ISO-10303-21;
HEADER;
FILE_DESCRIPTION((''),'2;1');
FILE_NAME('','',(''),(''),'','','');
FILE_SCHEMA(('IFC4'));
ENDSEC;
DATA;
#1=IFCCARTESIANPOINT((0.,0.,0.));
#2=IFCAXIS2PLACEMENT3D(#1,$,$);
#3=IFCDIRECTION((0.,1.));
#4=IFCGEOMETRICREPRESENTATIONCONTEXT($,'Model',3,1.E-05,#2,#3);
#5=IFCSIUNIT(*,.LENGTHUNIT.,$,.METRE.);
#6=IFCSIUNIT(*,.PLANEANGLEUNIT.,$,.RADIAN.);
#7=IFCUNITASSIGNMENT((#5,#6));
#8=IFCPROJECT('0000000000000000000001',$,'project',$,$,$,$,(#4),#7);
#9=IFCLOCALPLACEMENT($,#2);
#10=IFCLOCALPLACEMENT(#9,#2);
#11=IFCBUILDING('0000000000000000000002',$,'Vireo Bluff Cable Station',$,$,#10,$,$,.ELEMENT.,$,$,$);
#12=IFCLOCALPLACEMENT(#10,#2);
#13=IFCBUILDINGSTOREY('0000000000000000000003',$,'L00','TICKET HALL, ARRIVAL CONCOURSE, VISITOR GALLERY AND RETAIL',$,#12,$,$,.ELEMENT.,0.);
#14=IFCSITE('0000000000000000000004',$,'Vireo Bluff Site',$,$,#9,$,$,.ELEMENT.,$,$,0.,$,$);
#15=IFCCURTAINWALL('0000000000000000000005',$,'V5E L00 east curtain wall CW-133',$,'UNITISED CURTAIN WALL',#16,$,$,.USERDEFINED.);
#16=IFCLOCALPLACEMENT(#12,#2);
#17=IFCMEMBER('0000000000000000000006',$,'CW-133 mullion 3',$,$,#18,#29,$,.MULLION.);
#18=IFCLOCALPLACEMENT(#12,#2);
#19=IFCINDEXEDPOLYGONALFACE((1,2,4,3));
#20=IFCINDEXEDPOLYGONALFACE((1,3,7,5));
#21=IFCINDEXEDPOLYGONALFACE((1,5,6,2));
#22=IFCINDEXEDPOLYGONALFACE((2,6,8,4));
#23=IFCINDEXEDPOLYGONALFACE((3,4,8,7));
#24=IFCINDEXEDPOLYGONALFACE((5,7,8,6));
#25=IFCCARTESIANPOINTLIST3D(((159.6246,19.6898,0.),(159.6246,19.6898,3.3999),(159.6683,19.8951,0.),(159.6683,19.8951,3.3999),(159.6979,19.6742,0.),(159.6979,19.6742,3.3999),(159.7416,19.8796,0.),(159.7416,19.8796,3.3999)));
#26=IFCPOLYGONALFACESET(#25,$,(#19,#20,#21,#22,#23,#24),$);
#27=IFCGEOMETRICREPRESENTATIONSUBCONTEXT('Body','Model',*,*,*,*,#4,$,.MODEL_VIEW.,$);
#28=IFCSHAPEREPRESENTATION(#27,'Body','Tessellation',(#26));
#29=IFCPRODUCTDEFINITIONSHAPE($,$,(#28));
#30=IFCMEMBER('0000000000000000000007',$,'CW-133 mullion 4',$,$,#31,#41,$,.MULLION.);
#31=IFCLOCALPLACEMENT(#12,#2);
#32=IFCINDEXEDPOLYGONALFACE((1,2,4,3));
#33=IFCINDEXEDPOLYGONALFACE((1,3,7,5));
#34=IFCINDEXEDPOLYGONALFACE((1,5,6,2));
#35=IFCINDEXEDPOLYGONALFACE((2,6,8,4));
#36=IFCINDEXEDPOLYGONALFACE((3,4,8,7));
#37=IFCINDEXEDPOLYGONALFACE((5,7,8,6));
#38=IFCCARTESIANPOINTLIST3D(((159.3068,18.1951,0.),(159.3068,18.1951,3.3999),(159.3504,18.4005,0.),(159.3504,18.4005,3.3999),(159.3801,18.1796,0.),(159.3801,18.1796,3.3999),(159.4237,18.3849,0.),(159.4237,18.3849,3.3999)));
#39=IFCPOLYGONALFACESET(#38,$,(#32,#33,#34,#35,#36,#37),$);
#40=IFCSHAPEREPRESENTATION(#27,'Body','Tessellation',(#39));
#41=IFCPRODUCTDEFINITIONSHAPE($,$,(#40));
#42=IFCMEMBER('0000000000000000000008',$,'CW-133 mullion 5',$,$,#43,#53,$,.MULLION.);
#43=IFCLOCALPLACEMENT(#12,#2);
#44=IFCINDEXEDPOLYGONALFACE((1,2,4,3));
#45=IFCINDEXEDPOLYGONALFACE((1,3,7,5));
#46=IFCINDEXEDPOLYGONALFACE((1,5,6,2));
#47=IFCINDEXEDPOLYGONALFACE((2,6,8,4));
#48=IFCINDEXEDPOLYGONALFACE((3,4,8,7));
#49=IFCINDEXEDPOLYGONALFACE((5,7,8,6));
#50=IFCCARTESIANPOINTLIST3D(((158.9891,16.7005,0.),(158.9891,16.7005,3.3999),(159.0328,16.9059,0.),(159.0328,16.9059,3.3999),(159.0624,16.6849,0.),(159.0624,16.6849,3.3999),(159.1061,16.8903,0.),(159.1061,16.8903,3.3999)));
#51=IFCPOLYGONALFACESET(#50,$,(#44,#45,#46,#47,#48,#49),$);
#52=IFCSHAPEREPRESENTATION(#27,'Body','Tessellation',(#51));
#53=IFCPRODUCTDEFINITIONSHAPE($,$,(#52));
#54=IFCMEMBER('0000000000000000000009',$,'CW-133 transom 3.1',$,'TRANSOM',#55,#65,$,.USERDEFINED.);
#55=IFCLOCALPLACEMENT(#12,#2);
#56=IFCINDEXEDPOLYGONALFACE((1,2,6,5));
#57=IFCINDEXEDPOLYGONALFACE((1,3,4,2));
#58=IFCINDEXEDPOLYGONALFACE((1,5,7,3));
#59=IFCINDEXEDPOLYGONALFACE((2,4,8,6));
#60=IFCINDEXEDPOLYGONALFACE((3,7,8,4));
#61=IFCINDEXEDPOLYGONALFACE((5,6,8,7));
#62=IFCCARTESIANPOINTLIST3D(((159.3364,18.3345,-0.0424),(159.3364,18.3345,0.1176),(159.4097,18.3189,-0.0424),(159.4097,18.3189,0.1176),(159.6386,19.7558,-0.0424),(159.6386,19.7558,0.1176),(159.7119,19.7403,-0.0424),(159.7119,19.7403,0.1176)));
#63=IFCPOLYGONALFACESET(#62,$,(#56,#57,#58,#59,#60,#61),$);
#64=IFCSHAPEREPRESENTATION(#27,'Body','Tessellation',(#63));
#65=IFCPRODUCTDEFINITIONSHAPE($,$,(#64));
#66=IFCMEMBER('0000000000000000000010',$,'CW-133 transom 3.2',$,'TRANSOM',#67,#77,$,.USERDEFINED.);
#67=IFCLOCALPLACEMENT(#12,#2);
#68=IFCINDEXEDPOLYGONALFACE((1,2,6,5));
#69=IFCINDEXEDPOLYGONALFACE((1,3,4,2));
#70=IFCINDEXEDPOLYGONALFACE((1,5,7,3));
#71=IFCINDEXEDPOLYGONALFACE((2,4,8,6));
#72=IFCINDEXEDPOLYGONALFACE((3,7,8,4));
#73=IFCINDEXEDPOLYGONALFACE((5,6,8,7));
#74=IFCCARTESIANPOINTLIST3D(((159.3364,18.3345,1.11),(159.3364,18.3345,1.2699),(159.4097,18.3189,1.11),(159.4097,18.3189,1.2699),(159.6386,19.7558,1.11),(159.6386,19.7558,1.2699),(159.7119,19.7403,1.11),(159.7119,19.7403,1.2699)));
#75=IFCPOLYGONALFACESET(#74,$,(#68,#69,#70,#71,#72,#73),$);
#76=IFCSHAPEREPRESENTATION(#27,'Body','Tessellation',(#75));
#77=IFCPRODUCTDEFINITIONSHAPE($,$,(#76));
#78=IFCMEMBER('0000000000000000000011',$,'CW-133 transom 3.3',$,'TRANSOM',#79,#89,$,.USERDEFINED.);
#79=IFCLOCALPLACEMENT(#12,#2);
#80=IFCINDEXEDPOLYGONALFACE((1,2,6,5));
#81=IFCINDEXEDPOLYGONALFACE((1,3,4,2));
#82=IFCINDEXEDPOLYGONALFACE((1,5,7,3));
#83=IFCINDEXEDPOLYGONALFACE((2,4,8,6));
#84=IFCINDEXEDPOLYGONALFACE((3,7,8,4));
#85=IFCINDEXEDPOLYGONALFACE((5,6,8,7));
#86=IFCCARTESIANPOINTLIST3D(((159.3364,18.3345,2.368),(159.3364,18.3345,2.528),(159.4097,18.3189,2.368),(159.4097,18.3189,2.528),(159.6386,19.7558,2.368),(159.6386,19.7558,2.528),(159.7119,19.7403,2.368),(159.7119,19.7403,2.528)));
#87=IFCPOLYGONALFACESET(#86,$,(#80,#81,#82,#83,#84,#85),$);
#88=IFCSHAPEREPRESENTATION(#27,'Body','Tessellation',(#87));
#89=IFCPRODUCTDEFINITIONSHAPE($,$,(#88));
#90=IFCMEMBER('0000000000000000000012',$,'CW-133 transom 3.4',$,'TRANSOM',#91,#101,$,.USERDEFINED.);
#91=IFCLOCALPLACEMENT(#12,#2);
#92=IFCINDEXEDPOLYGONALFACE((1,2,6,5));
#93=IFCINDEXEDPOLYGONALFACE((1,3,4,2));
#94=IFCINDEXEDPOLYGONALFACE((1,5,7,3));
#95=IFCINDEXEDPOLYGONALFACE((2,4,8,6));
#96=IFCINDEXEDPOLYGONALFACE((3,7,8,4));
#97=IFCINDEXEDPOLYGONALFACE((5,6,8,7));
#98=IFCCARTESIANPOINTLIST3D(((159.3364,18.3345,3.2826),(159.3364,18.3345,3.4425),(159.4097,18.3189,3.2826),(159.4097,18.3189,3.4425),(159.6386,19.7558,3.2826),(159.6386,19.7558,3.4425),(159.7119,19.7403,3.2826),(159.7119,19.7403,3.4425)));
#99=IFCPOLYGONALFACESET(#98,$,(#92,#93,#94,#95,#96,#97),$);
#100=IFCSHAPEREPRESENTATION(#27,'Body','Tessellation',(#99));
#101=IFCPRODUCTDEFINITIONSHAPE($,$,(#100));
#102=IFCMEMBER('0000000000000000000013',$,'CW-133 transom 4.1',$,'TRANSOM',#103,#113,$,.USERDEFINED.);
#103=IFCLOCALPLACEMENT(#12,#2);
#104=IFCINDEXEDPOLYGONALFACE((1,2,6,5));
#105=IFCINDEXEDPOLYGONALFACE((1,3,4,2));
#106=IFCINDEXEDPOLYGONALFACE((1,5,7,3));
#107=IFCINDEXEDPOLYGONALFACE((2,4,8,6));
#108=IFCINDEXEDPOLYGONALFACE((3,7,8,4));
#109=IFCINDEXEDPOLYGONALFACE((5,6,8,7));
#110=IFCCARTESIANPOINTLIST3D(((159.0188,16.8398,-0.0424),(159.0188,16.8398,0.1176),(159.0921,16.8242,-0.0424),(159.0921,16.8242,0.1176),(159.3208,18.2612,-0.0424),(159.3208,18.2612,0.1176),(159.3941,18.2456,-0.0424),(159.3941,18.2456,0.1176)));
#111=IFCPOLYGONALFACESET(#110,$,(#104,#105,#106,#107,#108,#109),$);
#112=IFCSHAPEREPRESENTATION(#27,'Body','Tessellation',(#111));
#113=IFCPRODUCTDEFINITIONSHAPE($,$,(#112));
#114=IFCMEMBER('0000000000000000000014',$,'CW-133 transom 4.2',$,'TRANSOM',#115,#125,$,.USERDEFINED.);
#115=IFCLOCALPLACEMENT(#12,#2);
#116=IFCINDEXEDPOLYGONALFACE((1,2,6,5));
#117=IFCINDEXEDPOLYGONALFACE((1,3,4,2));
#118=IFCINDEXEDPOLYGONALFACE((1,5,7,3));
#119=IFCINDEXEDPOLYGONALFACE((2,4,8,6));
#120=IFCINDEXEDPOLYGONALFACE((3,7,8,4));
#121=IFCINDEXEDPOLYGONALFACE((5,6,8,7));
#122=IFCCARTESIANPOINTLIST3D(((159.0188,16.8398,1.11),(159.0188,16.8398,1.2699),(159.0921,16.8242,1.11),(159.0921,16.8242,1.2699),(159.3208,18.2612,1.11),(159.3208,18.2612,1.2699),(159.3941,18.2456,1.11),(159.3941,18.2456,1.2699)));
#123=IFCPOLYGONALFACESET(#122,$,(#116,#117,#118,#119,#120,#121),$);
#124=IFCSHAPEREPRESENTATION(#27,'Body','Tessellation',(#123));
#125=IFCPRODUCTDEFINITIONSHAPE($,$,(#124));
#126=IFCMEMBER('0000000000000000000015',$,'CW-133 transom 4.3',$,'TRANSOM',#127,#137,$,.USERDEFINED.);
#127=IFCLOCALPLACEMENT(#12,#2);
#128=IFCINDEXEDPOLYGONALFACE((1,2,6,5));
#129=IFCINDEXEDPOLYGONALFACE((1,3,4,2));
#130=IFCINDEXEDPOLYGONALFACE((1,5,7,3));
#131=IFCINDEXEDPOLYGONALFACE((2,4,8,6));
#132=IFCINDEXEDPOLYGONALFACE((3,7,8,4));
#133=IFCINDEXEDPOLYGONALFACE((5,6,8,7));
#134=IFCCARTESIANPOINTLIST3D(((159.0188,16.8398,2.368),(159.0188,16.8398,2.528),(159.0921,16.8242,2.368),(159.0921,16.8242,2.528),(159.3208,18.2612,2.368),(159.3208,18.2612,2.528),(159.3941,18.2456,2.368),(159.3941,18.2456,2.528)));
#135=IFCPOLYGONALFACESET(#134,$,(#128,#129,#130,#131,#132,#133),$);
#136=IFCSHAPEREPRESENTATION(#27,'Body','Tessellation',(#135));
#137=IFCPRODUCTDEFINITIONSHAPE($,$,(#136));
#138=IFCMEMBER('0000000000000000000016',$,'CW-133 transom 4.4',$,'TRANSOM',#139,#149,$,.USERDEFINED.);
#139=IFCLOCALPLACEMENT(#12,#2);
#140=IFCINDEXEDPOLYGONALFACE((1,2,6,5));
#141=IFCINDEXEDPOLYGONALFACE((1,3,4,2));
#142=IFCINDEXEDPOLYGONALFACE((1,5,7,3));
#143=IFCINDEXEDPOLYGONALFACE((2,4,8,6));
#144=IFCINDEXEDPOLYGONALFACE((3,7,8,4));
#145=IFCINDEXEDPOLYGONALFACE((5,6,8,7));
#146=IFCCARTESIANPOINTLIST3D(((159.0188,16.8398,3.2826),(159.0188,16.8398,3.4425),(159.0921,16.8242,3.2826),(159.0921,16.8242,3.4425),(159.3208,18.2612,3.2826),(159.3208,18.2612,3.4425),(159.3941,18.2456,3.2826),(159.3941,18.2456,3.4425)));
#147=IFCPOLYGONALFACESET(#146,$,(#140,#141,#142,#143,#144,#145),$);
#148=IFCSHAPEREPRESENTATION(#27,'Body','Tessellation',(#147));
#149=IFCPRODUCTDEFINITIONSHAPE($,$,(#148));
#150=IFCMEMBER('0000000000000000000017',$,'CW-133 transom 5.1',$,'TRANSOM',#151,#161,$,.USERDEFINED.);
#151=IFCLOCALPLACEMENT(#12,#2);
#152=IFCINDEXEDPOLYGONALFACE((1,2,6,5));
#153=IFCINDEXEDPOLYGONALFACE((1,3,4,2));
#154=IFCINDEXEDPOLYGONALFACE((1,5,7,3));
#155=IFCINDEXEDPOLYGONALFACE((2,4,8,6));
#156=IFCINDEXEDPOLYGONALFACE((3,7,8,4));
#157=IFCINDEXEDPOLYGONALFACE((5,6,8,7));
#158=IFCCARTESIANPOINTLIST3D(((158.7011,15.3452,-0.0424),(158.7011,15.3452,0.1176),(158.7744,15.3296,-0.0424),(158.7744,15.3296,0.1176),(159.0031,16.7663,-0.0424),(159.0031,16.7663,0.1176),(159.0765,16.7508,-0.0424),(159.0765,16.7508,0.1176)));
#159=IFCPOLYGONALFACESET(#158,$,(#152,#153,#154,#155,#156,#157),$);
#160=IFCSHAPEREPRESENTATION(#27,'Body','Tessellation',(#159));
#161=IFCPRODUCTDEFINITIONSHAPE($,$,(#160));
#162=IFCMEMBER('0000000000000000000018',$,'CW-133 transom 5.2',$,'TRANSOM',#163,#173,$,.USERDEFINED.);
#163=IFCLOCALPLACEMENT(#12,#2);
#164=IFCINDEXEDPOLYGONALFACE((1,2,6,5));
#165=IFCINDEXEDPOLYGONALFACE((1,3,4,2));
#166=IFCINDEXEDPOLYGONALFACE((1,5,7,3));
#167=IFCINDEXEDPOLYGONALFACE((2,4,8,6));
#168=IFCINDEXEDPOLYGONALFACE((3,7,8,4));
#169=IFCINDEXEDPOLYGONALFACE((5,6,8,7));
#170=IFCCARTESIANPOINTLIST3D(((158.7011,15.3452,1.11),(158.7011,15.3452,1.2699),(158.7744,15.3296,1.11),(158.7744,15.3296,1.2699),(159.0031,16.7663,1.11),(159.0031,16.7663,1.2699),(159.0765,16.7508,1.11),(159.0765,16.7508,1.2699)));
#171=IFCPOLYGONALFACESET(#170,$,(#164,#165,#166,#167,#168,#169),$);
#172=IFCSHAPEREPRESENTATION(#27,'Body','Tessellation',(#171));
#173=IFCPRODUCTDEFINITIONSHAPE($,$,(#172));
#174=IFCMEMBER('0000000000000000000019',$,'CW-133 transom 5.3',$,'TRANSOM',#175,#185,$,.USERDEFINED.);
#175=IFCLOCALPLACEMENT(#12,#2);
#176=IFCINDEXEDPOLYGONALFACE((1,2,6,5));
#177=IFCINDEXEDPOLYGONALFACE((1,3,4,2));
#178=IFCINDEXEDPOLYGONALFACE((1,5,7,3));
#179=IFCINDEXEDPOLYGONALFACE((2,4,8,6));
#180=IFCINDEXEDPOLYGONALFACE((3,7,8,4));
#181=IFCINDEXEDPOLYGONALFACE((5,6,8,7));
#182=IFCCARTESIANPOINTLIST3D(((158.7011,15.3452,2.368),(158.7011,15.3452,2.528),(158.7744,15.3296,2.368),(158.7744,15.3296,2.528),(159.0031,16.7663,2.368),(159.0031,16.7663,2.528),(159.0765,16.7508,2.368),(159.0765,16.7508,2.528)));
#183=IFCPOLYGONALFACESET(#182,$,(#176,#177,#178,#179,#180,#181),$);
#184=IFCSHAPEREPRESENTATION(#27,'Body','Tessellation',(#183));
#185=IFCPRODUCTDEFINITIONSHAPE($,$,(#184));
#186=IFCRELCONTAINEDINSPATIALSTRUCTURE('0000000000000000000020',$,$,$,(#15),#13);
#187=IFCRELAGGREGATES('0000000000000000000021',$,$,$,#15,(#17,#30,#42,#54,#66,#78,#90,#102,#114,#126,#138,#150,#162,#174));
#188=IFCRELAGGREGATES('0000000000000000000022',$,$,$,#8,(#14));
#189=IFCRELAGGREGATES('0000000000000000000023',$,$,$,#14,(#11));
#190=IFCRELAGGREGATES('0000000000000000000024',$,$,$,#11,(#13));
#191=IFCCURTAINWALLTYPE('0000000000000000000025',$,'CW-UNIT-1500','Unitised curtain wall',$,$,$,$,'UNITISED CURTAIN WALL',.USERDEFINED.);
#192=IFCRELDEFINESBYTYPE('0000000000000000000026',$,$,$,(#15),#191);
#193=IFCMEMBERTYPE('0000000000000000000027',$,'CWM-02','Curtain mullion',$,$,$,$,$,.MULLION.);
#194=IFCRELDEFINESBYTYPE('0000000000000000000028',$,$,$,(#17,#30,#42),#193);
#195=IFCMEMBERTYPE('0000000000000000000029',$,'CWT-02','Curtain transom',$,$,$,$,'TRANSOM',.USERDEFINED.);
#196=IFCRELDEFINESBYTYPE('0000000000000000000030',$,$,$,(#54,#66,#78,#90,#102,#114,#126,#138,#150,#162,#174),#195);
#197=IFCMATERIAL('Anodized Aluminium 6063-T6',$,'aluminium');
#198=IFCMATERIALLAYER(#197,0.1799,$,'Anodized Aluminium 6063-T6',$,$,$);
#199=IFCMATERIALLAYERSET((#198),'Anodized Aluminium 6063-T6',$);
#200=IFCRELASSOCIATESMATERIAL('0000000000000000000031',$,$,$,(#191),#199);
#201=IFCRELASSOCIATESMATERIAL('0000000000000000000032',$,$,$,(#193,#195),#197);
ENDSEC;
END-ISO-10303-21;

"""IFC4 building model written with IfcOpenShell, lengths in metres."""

from ifc_helpers import new_model, si_unit, direction, frame, origin, origin_2d, place, context, subcontext, project, spatial, rectangle, extrude, material, layer, layer_set, material_profile, profile_set, type_object, element, aggregate, save


model = new_model("IFC4")

# Units and contexts
model_context = context("Model", 3, precision=1e-05, world=origin(), true_north=direction((0.0, 1.0)))
body_context = subcontext(model_context, "Body", "Model", "MODEL_VIEW")
ifc_project = project(units=[si_unit("LENGTHUNIT", "METRE"), si_unit("PLANEANGLEUNIT", "RADIAN")], contexts=[model_context])

# Site, building, storey
site_placement = place(None, origin())
site = spatial("IfcSite", under=ifc_project, at=site_placement, Name="Vireo Bluff Site", CompositionType="ELEMENT", RefElevation=0.0)
building_placement = place(site_placement, origin())
building = spatial("IfcBuilding", under=site, at=building_placement, Name="Vireo Bluff Cable Station", CompositionType="ELEMENT")
storey_placement = place(building_placement, origin())
storey = spatial("IfcBuildingStorey", under=building, at=storey_placement, Name="L00", Description="TICKET HALL, ARRIVAL CONCOURSE, VISITOR GALLERY AND RETAIL", CompositionType="ELEMENT", Elevation=0.0)

# Curtain wall, members
ifc_material_1 = material(Name="Anodized Aluminium 6063-T6", Category="aluminium")
ifc_layer_1 = layer(ifc_material_1, 0.1799, Name="Anodized Aluminium 6063-T6")
ifc_layer_set_1 = layer_set([ifc_layer_1], Name="Anodized Aluminium 6063-T6")
curtain_wall_type = type_object("IfcCurtainWallType", Name="CW-UNIT-1500", Description="Unitised curtain wall", ElementType="UNITISED CURTAIN WALL", PredefinedType="USERDEFINED", material=ifc_layer_set_1)
curtain_wall_placement = place(storey_placement, origin())
curtain_wall = element("IfcCurtainWall", 1, at=curtain_wall_placement, inside=storey, type_object=curtain_wall_type, Name="V5E L00 east curtain wall CW-133", ObjectType="UNITISED CURTAIN WALL", PredefinedType="USERDEFINED")
ifc_material_profile_1 = material_profile(ifc_material_1, rectangle(XDim=0.075, YDim=0.21, at=origin_2d()), Name="ALU-M-75X210")
ifc_profile_set_1 = profile_set([ifc_material_profile_1], Name="Anodized Aluminium 6063-T6")
member_type_1 = type_object("IfcMemberType", Name="CWM-02", Description="Curtain mullion", PredefinedType="MULLION", material=ifc_profile_set_1)
member_1_placement = place(storey_placement, frame((159.6831, 19.7847, 0.0), z_axis=(0.0, 0.0, 1.0), x_axis=(0.978148, -0.207912, 0.0)))
member_1 = element("IfcMember", 2, at=member_1_placement, type_object=member_type_1, Name="CW-133 mullion 3", PredefinedType="MULLION", context=body_context, shape_type="SweptSolid", body=[
    extrude(rectangle(XDim=0.075, YDim=0.21, at=origin_2d()), origin(), (0.0, 0.0, 1.0), 3.3999),
])
member_2_placement = place(storey_placement, frame((159.3652, 18.29, 0.0), z_axis=(0.0, 0.0, 1.0), x_axis=(0.978148, -0.207912, 0.0)))
member_2 = element("IfcMember", 3, at=member_2_placement, type_object=member_type_1, Name="CW-133 mullion 4", PredefinedType="MULLION", context=body_context, shape_type="SweptSolid", body=[
    extrude(rectangle(XDim=0.075, YDim=0.21, at=origin_2d()), origin(), (0.0, 0.0, 1.0), 3.3999),
])
member_3_placement = place(storey_placement, frame((159.0476, 16.7954, 0.0), z_axis=(0.0, 0.0, 1.0), x_axis=(0.978148, -0.207912, 0.0)))
member_3 = element("IfcMember", 4, at=member_3_placement, type_object=member_type_1, Name="CW-133 mullion 5", PredefinedType="MULLION", context=body_context, shape_type="SweptSolid", body=[
    extrude(rectangle(XDim=0.075, YDim=0.21, at=origin_2d()), origin(), (0.0, 0.0, 1.0), 3.3999),
])
ifc_material_profile_2 = material_profile(ifc_material_1, rectangle(XDim=0.075, YDim=0.1599, at=origin_2d()), Name="ALU-T-75X160")
ifc_profile_set_2 = profile_set([ifc_material_profile_2], Name="Anodized Aluminium 6063-T6")
member_type_2 = type_object("IfcMemberType", Name="CWT-02", Description="Curtain transom", ElementType="TRANSOM", PredefinedType="USERDEFINED", material=ifc_profile_set_2)
member_4_placement = place(storey_placement, frame((159.6753, 19.748, 0.0376), z_axis=(-0.207991, -0.978131, 0.0), x_axis=(0.978131, -0.207991, 0.0)))
member_4 = element("IfcMember", 5, at=member_4_placement, type_object=member_type_2, Name="CW-133 transom 3.1", ObjectType="TRANSOM", PredefinedType="USERDEFINED", context=body_context, shape_type="SweptSolid", body=[
    extrude(rectangle(XDim=0.075, YDim=0.1599, at=origin_2d()), origin(), (0.0, 0.0, 1.0), 1.4531),
])
member_5_placement = place(storey_placement, frame((159.6753, 19.748, 1.1899), z_axis=(-0.207991, -0.978131, 0.0), x_axis=(0.978131, -0.207991, 0.0)))
member_5 = element("IfcMember", 6, at=member_5_placement, type_object=member_type_2, Name="CW-133 transom 3.2", ObjectType="TRANSOM", PredefinedType="USERDEFINED", context=body_context, shape_type="SweptSolid", body=[
    extrude(rectangle(XDim=0.075, YDim=0.1599, at=origin_2d()), origin(), (0.0, 0.0, 1.0), 1.4531),
])
member_6_placement = place(storey_placement, frame((159.6753, 19.748, 2.448), z_axis=(-0.207991, -0.978131, 0.0), x_axis=(0.978131, -0.207991, 0.0)))
member_6 = element("IfcMember", 7, at=member_6_placement, type_object=member_type_2, Name="CW-133 transom 3.3", ObjectType="TRANSOM", PredefinedType="USERDEFINED", context=body_context, shape_type="SweptSolid", body=[
    extrude(rectangle(XDim=0.075, YDim=0.1599, at=origin_2d()), origin(), (0.0, 0.0, 1.0), 1.4531),
])
member_7_placement = place(storey_placement, frame((159.6753, 19.748, 3.3625), z_axis=(-0.207991, -0.978131, 0.0), x_axis=(0.978131, -0.207991, 0.0)))
member_7 = element("IfcMember", 8, at=member_7_placement, type_object=member_type_2, Name="CW-133 transom 3.4", ObjectType="TRANSOM", PredefinedType="USERDEFINED", context=body_context, shape_type="SweptSolid", body=[
    extrude(rectangle(XDim=0.075, YDim=0.1599, at=origin_2d()), origin(), (0.0, 0.0, 1.0), 1.4531),
])
member_8_placement = place(storey_placement, frame((159.3574, 18.2534, 0.0376), z_axis=(-0.207831, -0.978165, 0.0), x_axis=(0.978165, -0.207831, 0.0)))
member_8 = element("IfcMember", 9, at=member_8_placement, type_object=member_type_2, Name="CW-133 transom 4.1", ObjectType="TRANSOM", PredefinedType="USERDEFINED", context=body_context, shape_type="SweptSolid", body=[
    extrude(rectangle(XDim=0.075, YDim=0.1599, at=origin_2d()), origin(), (0.0, 0.0, 1.0), 1.4531),
])
member_9_placement = place(storey_placement, frame((159.3574, 18.2534, 1.1899), z_axis=(-0.207831, -0.978165, 0.0), x_axis=(0.978165, -0.207831, 0.0)))
member_9 = element("IfcMember", 10, at=member_9_placement, type_object=member_type_2, Name="CW-133 transom 4.2", ObjectType="TRANSOM", PredefinedType="USERDEFINED", context=body_context, shape_type="SweptSolid", body=[
    extrude(rectangle(XDim=0.075, YDim=0.1599, at=origin_2d()), origin(), (0.0, 0.0, 1.0), 1.4531),
])
member_10_placement = place(storey_placement, frame((159.3574, 18.2534, 2.448), z_axis=(-0.207831, -0.978165, 0.0), x_axis=(0.978165, -0.207831, 0.0)))
member_10 = element("IfcMember", 11, at=member_10_placement, type_object=member_type_2, Name="CW-133 transom 4.3", ObjectType="TRANSOM", PredefinedType="USERDEFINED", context=body_context, shape_type="SweptSolid", body=[
    extrude(rectangle(XDim=0.075, YDim=0.1599, at=origin_2d()), origin(), (0.0, 0.0, 1.0), 1.4531),
])
member_11_placement = place(storey_placement, frame((159.3574, 18.2534, 3.3625), z_axis=(-0.207831, -0.978165, 0.0), x_axis=(0.978165, -0.207831, 0.0)))
member_11 = element("IfcMember", 12, at=member_11_placement, type_object=member_type_2, Name="CW-133 transom 4.4", ObjectType="TRANSOM", PredefinedType="USERDEFINED", context=body_context, shape_type="SweptSolid", body=[
    extrude(rectangle(XDim=0.075, YDim=0.1599, at=origin_2d()), origin(), (0.0, 0.0, 1.0), 1.4531),
])
member_12_placement = place(storey_placement, frame((159.0398, 16.7585, 0.0376), z_axis=(-0.207865, -0.978158, 0.0), x_axis=(0.978158, -0.207865, 0.0)))
member_12 = element("IfcMember", 13, at=member_12_placement, type_object=member_type_2, Name="CW-133 transom 5.1", ObjectType="TRANSOM", PredefinedType="USERDEFINED", context=body_context, shape_type="SweptSolid", body=[
    extrude(rectangle(XDim=0.075, YDim=0.1599, at=origin_2d()), origin(), (0.0, 0.0, 1.0), 1.4529),
])
member_13_placement = place(storey_placement, frame((159.0398, 16.7585, 1.1899), z_axis=(-0.207865, -0.978158, 0.0), x_axis=(0.978158, -0.207865, 0.0)))
member_13 = element("IfcMember", 14, at=member_13_placement, type_object=member_type_2, Name="CW-133 transom 5.2", ObjectType="TRANSOM", PredefinedType="USERDEFINED", context=body_context, shape_type="SweptSolid", body=[
    extrude(rectangle(XDim=0.075, YDim=0.1599, at=origin_2d()), origin(), (0.0, 0.0, 1.0), 1.4529),
])
member_14_placement = place(storey_placement, frame((159.0398, 16.7585, 2.448), z_axis=(-0.207865, -0.978158, 0.0), x_axis=(0.978158, -0.207865, 0.0)))
member_14 = element("IfcMember", 15, at=member_14_placement, type_object=member_type_2, Name="CW-133 transom 5.3", ObjectType="TRANSOM", PredefinedType="USERDEFINED", context=body_context, shape_type="SweptSolid", body=[
    extrude(rectangle(XDim=0.075, YDim=0.1599, at=origin_2d()), origin(), (0.0, 0.0, 1.0), 1.4529),
])
aggregate(curtain_wall, [member_1, member_2, member_3, member_4, member_5, member_6, member_7, member_8, member_9, member_10, member_11, member_12, member_13, member_14])

save(model, "model.ifc")
